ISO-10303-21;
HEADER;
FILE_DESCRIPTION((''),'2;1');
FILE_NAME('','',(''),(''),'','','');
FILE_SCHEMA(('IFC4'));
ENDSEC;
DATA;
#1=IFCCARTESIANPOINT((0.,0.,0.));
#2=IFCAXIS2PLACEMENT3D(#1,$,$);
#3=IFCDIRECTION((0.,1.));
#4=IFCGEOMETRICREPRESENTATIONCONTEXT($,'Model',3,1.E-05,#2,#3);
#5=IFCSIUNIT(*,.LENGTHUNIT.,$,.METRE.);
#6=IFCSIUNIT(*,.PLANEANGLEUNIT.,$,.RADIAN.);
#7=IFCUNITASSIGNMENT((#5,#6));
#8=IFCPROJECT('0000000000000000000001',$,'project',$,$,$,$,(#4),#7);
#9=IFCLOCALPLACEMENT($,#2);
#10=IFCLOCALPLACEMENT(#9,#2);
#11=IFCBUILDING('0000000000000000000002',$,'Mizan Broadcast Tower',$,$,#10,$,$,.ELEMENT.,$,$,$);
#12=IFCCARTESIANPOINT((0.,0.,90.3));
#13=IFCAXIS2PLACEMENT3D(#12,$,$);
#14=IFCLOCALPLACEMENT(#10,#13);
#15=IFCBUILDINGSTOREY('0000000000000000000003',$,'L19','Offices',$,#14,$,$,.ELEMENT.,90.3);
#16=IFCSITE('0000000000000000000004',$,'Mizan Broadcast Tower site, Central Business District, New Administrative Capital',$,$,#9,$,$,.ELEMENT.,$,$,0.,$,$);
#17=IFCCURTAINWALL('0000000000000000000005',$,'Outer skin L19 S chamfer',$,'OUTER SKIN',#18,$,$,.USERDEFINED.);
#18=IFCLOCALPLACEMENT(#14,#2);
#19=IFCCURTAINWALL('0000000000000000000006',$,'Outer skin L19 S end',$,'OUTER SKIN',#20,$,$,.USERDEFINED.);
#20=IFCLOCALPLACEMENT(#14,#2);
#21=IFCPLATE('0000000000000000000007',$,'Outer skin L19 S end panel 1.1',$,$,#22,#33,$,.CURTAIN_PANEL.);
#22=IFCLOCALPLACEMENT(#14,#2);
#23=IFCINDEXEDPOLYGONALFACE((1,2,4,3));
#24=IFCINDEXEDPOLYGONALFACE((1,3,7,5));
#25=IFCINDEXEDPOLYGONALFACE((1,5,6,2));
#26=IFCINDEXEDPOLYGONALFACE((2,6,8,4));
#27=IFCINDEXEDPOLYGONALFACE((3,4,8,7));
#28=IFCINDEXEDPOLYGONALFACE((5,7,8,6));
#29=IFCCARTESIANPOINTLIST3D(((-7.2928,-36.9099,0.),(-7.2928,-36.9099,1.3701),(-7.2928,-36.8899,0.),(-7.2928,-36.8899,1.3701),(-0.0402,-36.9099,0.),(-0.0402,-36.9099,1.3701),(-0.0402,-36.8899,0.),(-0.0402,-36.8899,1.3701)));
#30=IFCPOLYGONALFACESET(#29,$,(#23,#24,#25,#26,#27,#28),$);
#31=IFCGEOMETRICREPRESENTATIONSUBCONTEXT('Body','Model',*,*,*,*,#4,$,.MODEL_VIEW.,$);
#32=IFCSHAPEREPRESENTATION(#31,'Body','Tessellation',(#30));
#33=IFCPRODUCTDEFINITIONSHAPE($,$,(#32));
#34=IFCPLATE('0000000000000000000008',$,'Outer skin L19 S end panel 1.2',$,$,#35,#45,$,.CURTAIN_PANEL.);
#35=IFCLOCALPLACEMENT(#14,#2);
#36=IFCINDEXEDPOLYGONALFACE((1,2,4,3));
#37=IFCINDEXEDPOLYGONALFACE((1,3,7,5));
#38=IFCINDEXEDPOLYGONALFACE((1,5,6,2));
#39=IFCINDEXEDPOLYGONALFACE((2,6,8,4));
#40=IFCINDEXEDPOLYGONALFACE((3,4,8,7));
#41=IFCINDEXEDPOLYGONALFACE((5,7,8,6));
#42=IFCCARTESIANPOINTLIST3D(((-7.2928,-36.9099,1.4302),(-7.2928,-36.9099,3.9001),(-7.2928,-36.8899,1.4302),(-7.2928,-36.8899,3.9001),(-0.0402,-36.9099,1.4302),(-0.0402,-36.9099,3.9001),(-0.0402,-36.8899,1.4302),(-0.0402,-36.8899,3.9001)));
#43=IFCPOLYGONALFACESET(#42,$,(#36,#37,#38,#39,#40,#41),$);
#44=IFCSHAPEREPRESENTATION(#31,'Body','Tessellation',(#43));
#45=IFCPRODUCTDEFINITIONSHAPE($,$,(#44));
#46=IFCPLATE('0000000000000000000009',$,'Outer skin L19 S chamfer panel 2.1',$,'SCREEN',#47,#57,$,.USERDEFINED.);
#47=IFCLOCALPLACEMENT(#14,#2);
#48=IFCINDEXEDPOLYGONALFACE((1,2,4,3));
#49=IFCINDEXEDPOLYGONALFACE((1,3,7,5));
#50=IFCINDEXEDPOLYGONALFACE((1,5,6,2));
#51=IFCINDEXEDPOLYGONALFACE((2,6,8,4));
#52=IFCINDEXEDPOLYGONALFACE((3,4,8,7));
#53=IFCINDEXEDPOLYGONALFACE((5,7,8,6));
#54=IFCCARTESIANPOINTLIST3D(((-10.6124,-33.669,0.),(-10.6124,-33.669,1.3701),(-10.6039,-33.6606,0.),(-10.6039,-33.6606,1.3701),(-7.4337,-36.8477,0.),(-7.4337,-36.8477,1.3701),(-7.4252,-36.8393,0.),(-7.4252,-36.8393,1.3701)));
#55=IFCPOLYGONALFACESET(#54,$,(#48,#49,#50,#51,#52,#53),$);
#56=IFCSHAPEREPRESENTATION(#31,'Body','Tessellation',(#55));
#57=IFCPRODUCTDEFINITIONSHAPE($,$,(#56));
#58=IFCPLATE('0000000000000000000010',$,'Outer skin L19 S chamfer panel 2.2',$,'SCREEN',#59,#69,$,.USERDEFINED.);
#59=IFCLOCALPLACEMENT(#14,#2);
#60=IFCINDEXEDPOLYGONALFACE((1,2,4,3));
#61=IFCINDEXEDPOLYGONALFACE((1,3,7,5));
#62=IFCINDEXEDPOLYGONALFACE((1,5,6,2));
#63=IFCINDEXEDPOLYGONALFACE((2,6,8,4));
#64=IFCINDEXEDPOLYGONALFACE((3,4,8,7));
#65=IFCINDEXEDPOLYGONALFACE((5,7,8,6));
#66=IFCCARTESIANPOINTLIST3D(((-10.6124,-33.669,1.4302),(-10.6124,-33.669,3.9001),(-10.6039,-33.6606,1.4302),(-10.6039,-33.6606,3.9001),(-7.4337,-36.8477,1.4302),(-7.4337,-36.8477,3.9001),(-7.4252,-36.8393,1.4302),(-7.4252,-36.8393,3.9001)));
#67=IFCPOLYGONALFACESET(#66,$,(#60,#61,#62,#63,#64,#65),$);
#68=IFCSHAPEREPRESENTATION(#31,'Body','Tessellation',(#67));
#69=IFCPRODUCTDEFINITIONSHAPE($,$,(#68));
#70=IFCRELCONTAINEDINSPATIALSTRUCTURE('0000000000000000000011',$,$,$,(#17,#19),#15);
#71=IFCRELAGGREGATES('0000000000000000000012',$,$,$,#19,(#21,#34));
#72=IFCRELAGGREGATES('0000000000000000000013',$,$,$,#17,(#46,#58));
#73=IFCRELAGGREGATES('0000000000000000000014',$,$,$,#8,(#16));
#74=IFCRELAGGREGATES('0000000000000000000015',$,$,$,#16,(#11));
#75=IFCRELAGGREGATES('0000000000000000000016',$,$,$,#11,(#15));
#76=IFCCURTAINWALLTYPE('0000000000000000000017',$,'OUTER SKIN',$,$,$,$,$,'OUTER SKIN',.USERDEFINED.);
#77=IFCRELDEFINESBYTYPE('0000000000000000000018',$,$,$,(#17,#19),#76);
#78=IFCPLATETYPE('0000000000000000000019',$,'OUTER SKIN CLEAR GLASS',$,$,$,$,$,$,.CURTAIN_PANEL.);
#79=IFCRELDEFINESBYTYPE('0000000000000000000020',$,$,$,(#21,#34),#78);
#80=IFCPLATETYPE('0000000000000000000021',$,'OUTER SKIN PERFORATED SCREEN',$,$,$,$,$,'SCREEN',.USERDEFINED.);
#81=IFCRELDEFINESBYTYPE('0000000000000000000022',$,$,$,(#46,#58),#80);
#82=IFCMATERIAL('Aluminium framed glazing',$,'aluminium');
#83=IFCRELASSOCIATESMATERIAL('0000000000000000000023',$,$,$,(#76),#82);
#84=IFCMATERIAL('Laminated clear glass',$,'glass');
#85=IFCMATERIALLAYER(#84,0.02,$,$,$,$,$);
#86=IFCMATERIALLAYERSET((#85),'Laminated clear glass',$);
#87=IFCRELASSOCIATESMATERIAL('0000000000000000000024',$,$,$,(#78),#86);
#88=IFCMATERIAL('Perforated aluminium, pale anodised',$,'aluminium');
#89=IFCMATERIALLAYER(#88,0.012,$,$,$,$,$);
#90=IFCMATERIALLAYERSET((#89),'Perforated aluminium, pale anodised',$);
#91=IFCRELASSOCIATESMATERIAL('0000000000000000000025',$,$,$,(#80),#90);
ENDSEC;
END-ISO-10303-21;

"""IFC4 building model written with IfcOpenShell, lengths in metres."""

from ifc_helpers import new_model, si_unit, direction, frame, origin, origin_2d, place, context, subcontext, project, spatial, rectangle, extrude, material, layer, layer_set, type_object, element, aggregate, save


model = new_model("IFC4")

# Units and contexts
model_context = context("Model", 3, precision=1e-05, world=origin(), true_north=direction((0.0, 1.0)))
body_context = subcontext(model_context, "Body", "Model", "MODEL_VIEW")
ifc_project = project(units=[si_unit("LENGTHUNIT", "METRE"), si_unit("PLANEANGLEUNIT", "RADIAN")], contexts=[model_context])

# Site, building, storey
site_placement = place(None, origin())
site = spatial("IfcSite", under=ifc_project, at=site_placement, Name="Mizan Broadcast Tower site, Central Business District, New Administrative Capital", CompositionType="ELEMENT", RefElevation=0.0)
building_placement = place(site_placement, origin())
building = spatial("IfcBuilding", under=site, at=building_placement, Name="Mizan Broadcast Tower", CompositionType="ELEMENT")
storey_placement = place(building_placement, frame((0.0, 0.0, 90.3)))
storey = spatial("IfcBuildingStorey", under=building, at=storey_placement, Name="L19", Description="Offices", CompositionType="ELEMENT", Elevation=90.3)

# Curtain wall
ifc_material_1 = material(Name="Aluminium framed glazing", Category="aluminium")
curtain_wall_type_1 = type_object("IfcCurtainWallType", Name="OUTER SKIN", ElementType="OUTER SKIN", PredefinedType="USERDEFINED", material=ifc_material_1)
curtain_wall_1_placement = place(storey_placement, origin())
curtain_wall_1 = element("IfcCurtainWall", 1, at=curtain_wall_1_placement, inside=storey, type_object=curtain_wall_type_1, Name="Outer skin L19 S chamfer", ObjectType="OUTER SKIN", PredefinedType="USERDEFINED")

# Curtain wall
curtain_wall_2_placement = place(storey_placement, origin())
curtain_wall_2 = element("IfcCurtainWall", 2, at=curtain_wall_2_placement, inside=storey, type_object=curtain_wall_type_1, Name="Outer skin L19 S end", ObjectType="OUTER SKIN", PredefinedType="USERDEFINED")

# Plates
ifc_material_2 = material(Name="Laminated clear glass", Category="glass")
ifc_layer_1 = layer(ifc_material_2, 0.02)
ifc_layer_set_1 = layer_set([ifc_layer_1], Name="Laminated clear glass")
plate_type_1 = type_object("IfcPlateType", Name="OUTER SKIN CLEAR GLASS", PredefinedType="CURTAIN_PANEL", material=ifc_layer_set_1)
plate_1_placement = place(storey_placement, frame((-3.6665, -36.8999, 0.0), z_axis=(0.0, 0.0, 1.0), x_axis=(1.0, 0.0, 0.0)))
plate_1 = element("IfcPlate", 3, at=plate_1_placement, type_object=plate_type_1, Name="Outer skin L19 S end panel 1.1", PredefinedType="CURTAIN_PANEL", context=body_context, shape_type="SweptSolid", body=[
    extrude(rectangle(XDim=7.2527, YDim=0.02, at=origin_2d()), origin(), (0.0, 0.0, 1.0), 1.3701),
])
plate_2_placement = place(storey_placement, frame((-3.6665, -36.8999, 1.4302), z_axis=(0.0, 0.0, 1.0), x_axis=(1.0, 0.0, 0.0)))
plate_2 = element("IfcPlate", 4, at=plate_2_placement, type_object=plate_type_1, Name="Outer skin L19 S end panel 1.2", PredefinedType="CURTAIN_PANEL", context=body_context, shape_type="SweptSolid", body=[
    extrude(rectangle(XDim=7.2527, YDim=0.02, at=origin_2d()), origin(), (0.0, 0.0, 1.0), 2.47),
])
aggregate(curtain_wall_2, [plate_1, plate_2])
ifc_material_3 = material(Name="Perforated aluminium, pale anodised", Category="aluminium")
ifc_layer_2 = layer(ifc_material_3, 0.012)
ifc_layer_set_2 = layer_set([ifc_layer_2], Name="Perforated aluminium, pale anodised")
plate_type_2 = type_object("IfcPlateType", Name="OUTER SKIN PERFORATED SCREEN", ElementType="SCREEN", PredefinedType="USERDEFINED", material=ifc_layer_set_2)
plate_3_placement = place(storey_placement, frame((-9.0188, -35.2542, 0.0), z_axis=(0.0, 0.0, 1.0), x_axis=(0.707107, -0.707107, 0.0)))
plate_3 = element("IfcPlate", 5, at=plate_3_placement, type_object=plate_type_2, Name="Outer skin L19 S chamfer panel 2.1", ObjectType="SCREEN", PredefinedType="USERDEFINED", context=body_context, shape_type="SweptSolid", body=[
    extrude(rectangle(XDim=4.4954, YDim=0.012, at=origin_2d()), origin(), (0.0, 0.0, 1.0), 1.3701),
])
plate_4_placement = place(storey_placement, frame((-9.0188, -35.2542, 1.4302), z_axis=(0.0, 0.0, 1.0), x_axis=(0.707107, -0.707107, 0.0)))
plate_4 = element("IfcPlate", 6, at=plate_4_placement, type_object=plate_type_2, Name="Outer skin L19 S chamfer panel 2.2", ObjectType="SCREEN", PredefinedType="USERDEFINED", context=body_context, shape_type="SweptSolid", body=[
    extrude(rectangle(XDim=4.4954, YDim=0.012, at=origin_2d()), origin(), (0.0, 0.0, 1.0), 2.47),
])
aggregate(curtain_wall_1, [plate_3, plate_4])

save(model, "model.ifc")
